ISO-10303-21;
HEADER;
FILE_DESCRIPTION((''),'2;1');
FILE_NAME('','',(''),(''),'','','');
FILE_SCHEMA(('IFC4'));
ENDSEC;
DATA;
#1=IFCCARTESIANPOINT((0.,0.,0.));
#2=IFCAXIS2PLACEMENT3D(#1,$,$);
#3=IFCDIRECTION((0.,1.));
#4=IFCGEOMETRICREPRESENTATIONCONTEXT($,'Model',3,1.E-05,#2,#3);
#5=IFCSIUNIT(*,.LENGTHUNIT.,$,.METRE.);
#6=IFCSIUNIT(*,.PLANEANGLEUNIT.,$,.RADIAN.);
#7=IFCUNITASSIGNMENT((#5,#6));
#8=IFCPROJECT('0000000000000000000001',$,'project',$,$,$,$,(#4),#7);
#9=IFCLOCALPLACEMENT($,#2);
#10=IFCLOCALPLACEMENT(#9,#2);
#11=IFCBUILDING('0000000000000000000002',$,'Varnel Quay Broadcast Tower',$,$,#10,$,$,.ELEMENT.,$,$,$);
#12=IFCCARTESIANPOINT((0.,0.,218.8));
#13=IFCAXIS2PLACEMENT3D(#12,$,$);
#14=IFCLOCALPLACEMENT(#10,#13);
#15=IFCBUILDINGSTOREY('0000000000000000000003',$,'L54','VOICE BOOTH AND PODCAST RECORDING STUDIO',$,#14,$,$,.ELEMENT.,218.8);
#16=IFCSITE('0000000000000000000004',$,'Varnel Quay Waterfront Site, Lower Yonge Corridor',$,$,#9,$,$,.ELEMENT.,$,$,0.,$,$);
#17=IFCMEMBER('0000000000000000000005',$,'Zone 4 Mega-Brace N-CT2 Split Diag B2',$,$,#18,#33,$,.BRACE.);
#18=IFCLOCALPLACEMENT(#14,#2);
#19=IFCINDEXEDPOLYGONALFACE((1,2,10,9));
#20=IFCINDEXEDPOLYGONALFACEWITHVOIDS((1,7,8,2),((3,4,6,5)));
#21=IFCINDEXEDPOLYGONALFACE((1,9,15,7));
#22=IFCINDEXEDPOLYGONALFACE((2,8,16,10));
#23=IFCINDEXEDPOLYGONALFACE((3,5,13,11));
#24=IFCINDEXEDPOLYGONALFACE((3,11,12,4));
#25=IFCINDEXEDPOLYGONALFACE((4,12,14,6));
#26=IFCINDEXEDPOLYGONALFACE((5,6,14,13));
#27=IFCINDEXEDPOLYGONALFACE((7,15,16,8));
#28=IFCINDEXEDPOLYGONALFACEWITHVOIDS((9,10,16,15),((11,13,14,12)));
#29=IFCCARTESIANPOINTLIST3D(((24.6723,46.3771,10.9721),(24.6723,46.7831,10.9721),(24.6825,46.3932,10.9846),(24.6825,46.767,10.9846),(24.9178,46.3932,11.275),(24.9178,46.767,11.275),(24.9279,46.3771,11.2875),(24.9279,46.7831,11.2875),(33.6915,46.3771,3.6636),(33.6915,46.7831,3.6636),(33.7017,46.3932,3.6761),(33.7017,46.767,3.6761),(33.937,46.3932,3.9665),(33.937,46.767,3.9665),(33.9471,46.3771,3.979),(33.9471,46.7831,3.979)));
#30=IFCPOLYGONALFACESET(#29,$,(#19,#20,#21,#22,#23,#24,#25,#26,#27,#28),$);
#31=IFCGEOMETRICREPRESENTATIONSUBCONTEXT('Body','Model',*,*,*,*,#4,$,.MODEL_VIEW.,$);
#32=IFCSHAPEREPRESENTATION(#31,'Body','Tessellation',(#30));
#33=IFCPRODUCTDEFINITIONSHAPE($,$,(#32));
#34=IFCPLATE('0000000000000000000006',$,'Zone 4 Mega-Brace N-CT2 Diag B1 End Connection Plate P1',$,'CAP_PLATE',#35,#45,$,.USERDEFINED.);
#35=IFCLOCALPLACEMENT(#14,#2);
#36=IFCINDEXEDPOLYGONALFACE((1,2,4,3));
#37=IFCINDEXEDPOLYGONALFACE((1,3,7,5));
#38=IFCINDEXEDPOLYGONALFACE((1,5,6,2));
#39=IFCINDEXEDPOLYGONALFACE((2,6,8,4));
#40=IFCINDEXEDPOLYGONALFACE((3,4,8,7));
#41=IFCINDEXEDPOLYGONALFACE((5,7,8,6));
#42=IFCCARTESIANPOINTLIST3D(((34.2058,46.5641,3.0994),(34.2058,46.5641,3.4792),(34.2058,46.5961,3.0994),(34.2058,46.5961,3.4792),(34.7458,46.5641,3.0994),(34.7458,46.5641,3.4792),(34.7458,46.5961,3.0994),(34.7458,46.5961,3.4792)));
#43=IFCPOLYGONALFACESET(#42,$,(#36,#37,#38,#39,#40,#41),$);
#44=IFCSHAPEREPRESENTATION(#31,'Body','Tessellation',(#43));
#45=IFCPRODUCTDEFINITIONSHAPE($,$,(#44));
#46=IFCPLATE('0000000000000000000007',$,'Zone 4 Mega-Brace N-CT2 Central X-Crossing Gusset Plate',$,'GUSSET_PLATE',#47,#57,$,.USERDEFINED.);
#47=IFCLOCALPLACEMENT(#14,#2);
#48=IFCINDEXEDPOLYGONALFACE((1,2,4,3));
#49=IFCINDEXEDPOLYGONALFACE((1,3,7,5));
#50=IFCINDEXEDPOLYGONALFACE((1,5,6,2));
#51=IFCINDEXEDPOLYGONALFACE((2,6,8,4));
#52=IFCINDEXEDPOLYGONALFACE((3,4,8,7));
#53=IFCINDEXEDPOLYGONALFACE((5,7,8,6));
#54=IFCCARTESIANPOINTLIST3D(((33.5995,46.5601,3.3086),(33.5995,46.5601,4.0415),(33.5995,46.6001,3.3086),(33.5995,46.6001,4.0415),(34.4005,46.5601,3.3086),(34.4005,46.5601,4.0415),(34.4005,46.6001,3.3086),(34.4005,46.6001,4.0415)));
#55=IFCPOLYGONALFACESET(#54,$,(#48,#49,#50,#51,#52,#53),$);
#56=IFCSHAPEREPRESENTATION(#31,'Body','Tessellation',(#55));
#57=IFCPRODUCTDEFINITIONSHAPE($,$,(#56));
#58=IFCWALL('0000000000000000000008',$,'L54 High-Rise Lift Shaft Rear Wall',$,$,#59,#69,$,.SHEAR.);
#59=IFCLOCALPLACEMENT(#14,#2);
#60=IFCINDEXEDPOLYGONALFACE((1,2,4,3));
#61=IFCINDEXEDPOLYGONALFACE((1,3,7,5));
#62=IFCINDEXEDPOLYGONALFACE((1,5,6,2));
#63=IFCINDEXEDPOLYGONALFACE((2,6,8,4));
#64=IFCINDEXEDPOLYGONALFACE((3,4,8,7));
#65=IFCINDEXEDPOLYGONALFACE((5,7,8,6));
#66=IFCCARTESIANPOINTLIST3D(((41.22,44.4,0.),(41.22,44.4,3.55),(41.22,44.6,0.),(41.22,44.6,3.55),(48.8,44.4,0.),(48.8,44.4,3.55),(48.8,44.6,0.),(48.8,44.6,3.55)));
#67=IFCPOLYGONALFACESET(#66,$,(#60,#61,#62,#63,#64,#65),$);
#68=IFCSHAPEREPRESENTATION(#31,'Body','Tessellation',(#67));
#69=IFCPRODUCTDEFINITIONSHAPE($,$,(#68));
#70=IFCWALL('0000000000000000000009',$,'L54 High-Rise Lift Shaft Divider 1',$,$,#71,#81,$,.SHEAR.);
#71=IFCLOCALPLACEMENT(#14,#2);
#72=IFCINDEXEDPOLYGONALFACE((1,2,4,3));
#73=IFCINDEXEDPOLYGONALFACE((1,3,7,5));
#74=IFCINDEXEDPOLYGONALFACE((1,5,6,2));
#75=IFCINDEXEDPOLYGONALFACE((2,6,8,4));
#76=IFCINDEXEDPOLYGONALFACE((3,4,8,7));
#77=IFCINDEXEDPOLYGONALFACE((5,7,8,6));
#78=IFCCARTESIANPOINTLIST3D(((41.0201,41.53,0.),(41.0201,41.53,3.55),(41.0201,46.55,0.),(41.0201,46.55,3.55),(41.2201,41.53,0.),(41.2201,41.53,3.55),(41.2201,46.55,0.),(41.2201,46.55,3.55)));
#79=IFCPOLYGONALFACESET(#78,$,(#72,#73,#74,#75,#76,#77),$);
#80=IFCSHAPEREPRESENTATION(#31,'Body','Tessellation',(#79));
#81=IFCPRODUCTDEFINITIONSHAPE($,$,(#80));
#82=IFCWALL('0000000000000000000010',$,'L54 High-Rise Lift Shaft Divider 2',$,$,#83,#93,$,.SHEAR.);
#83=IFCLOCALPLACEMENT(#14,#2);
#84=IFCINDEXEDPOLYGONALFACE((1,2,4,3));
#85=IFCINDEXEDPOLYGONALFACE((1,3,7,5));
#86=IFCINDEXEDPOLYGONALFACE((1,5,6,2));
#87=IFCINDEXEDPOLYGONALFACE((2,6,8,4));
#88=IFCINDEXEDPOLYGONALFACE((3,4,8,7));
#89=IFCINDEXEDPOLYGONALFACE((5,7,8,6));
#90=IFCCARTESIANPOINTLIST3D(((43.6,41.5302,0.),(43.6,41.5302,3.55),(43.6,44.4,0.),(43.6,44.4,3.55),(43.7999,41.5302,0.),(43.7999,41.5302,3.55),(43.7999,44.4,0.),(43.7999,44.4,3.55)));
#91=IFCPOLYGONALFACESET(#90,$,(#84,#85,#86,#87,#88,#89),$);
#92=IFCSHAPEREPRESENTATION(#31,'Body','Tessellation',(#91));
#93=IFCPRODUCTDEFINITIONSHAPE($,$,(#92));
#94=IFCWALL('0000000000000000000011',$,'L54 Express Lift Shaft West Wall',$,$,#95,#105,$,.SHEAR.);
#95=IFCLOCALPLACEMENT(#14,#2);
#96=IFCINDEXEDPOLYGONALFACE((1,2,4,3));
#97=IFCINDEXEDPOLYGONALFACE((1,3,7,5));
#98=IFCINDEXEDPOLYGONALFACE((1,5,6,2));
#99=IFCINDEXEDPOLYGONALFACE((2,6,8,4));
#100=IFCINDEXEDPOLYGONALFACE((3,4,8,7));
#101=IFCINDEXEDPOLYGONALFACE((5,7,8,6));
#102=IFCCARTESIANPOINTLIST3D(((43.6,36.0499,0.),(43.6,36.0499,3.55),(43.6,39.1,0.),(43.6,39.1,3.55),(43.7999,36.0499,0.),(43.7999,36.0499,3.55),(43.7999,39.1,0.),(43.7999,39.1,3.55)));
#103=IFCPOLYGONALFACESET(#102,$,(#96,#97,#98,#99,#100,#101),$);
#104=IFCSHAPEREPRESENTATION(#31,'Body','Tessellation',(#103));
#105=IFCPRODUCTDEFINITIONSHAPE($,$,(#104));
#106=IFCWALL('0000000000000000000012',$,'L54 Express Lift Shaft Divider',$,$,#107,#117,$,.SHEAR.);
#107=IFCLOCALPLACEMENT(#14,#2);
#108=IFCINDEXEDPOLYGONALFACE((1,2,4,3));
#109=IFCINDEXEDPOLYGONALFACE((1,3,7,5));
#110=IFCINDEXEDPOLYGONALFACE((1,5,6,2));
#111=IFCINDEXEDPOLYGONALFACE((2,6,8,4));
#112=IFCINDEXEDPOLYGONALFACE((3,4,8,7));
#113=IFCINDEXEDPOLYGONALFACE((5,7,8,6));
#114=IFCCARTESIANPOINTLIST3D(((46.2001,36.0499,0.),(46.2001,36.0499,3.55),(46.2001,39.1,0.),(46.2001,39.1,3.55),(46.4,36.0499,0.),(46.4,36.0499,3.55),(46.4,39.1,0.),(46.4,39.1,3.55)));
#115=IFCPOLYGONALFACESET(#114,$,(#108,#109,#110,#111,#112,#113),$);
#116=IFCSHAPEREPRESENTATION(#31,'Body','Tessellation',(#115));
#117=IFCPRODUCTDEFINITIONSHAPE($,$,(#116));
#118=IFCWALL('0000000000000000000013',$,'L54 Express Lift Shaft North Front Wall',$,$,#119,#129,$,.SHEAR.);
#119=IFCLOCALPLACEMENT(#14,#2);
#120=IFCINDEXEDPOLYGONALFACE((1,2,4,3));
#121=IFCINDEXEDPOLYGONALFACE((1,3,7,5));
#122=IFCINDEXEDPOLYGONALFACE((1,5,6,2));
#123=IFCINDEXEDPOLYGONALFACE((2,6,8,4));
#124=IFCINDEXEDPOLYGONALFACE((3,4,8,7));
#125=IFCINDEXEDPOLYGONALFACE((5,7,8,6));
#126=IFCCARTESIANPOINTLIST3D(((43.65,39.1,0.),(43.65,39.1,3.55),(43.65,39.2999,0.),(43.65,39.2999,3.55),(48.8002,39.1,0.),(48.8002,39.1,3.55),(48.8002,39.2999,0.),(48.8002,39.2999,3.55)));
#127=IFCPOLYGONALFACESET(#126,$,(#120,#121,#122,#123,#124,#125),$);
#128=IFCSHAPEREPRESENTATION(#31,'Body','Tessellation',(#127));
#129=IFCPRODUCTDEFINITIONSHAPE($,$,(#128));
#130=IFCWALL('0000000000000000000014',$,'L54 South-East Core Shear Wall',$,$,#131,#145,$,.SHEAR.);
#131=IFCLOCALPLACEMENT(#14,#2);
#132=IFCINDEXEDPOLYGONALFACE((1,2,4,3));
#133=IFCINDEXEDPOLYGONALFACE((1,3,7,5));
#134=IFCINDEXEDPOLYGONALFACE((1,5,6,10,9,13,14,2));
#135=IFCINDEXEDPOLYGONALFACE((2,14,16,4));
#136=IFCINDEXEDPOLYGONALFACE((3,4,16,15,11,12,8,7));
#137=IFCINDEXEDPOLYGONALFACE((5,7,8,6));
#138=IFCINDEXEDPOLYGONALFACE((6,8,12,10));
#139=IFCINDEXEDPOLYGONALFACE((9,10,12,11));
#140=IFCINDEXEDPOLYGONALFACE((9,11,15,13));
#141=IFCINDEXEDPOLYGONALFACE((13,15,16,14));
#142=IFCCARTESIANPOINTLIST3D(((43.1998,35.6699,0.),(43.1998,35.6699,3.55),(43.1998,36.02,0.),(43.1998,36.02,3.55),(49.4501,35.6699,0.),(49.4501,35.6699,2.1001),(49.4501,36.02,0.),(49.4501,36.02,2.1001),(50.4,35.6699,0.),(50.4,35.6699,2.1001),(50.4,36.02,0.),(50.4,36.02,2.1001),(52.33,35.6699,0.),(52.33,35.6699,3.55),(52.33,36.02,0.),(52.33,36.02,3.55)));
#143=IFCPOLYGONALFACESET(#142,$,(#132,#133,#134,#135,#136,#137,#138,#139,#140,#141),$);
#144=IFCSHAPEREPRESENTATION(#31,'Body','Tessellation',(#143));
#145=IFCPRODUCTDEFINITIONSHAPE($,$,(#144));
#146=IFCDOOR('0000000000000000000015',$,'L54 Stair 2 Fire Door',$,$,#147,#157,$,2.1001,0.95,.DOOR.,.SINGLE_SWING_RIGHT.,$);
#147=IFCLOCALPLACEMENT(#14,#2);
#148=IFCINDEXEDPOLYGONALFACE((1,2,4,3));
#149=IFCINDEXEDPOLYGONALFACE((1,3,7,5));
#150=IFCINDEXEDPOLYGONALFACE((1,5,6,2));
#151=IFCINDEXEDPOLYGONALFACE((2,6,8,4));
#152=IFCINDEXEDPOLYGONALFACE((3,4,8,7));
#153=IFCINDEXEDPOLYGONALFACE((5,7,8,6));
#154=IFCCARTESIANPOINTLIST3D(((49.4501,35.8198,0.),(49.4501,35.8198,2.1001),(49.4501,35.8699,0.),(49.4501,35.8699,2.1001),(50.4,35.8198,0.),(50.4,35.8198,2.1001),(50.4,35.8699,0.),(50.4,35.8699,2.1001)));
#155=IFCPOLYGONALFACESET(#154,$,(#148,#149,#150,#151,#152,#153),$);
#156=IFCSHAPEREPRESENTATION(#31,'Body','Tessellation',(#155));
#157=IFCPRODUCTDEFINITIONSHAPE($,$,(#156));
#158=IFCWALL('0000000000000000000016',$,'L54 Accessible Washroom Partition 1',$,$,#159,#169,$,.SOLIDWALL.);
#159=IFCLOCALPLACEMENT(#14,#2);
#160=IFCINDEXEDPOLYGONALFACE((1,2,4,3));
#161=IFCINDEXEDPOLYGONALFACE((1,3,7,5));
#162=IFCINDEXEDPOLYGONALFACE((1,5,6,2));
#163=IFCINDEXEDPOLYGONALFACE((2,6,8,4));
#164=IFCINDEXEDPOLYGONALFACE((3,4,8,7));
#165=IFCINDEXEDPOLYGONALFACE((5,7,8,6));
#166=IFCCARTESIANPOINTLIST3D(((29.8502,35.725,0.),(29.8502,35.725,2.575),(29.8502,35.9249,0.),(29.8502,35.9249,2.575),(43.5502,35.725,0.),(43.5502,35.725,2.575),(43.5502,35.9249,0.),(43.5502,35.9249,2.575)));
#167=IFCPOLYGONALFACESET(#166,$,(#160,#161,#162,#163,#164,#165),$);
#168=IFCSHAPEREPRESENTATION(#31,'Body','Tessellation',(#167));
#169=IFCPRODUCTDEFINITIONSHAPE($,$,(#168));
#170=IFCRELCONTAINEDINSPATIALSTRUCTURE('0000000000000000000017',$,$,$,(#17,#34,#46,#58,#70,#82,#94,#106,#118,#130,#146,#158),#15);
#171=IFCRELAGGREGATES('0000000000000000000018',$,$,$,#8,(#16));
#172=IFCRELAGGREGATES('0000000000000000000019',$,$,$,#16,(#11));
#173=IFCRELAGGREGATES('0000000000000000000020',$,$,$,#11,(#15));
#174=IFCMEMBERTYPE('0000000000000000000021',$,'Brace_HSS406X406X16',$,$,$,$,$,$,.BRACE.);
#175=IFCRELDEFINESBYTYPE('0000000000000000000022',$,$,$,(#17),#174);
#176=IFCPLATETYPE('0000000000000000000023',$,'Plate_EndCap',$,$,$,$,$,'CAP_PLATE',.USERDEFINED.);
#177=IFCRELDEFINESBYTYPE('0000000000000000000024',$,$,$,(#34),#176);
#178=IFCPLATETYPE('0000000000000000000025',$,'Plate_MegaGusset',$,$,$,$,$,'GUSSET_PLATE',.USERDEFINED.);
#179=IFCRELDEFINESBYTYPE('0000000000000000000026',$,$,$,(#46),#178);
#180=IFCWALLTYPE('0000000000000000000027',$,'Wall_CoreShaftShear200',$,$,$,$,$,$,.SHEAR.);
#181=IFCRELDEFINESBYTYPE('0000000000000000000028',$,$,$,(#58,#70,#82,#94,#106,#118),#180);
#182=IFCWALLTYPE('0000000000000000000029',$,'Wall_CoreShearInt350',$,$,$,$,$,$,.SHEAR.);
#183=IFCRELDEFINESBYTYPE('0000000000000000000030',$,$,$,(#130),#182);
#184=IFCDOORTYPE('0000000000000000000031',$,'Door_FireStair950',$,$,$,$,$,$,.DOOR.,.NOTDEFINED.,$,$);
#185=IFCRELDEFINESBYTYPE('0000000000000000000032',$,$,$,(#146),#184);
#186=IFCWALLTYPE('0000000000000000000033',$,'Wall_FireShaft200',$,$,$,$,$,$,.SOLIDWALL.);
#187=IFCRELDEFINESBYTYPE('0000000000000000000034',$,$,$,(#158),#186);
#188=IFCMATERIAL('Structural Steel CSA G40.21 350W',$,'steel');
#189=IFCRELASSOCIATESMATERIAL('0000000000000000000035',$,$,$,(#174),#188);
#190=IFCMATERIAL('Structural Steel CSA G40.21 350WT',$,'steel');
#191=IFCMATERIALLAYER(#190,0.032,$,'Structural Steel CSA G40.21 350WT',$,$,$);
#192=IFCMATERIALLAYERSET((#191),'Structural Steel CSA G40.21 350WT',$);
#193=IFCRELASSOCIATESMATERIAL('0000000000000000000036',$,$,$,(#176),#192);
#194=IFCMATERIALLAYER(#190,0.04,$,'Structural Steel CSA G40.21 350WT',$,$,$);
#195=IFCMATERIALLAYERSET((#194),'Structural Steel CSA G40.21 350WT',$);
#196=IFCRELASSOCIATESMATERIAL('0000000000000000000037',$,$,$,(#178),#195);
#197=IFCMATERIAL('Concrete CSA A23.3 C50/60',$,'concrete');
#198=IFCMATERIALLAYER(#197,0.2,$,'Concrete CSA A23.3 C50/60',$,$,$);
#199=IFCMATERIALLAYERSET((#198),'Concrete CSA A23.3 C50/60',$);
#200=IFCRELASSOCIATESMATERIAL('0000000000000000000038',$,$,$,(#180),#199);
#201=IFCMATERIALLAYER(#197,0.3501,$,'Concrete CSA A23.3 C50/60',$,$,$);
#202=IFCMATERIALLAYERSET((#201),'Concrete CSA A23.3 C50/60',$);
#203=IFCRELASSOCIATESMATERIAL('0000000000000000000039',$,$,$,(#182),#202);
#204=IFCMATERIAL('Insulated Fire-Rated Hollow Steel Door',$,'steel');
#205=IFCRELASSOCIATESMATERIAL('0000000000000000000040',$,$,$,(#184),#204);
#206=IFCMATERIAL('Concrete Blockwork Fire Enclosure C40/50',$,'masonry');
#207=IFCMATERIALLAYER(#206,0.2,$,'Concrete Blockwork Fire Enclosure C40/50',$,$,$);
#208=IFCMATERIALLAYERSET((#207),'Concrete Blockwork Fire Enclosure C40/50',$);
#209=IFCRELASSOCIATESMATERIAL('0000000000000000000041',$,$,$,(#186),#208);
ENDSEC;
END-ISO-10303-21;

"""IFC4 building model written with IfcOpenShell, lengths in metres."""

from ifc_helpers import new_model, si_unit, direction, frame, frame_2d, origin, origin_2d, place, context, subcontext, project, spatial, rectangle, hollow_rectangle, extrude, source, transform, mapped, material, layer, layer_set, material_profile, profile_set, type_object, type_shapes, element, fill, save


model = new_model("IFC4")

# Units and contexts
model_context = context("Model", 3, precision=1e-05, world=origin(), true_north=direction((0.0, 1.0)))
body_context = subcontext(model_context, "Body", "Model", "MODEL_VIEW")
ifc_project = project(units=[si_unit("LENGTHUNIT", "METRE"), si_unit("PLANEANGLEUNIT", "RADIAN")], contexts=[model_context])

# Site, building, storey
site_placement = place(None, origin())
site = spatial("IfcSite", under=ifc_project, at=site_placement, Name="Varnel Quay Waterfront Site, Lower Yonge Corridor", CompositionType="ELEMENT", RefElevation=0.0)
building_placement = place(site_placement, origin())
building = spatial("IfcBuilding", under=site, at=building_placement, Name="Varnel Quay Broadcast Tower", CompositionType="ELEMENT")
storey_placement = place(building_placement, frame((0.0, 0.0, 218.8)))
storey = spatial("IfcBuildingStorey", under=building, at=storey_placement, Name="L54", Description="VOICE BOOTH AND PODCAST RECORDING STUDIO", CompositionType="ELEMENT", Elevation=218.8)

# Shared definitions
ifc_material_1 = material(Name="Structural Steel CSA G40.21 350WT", Category="steel")

# Shared definitions
ifc_material_2 = material(Name="Concrete CSA A23.3 C50/60", Category="concrete")

# Member
ifc_material_3 = material(Name="Structural Steel CSA G40.21 350W", Category="steel")
ifc_material_profile_1 = material_profile(ifc_material_3, hollow_rectangle(XDim=0.406, YDim=0.406, WallThickness=0.0161, at=origin_2d()), Name="HSS406X406X16")
ifc_profile_set_1 = profile_set([ifc_material_profile_1], Name="Structural Steel CSA G40.21 350W")
member_type = type_object("IfcMemberType", Name="Brace_HSS406X406X16", PredefinedType="BRACE", material=ifc_profile_set_1)
shared_shape_1 = source(origin(), body_context, "Body", "SweptSolid", [
    extrude(hollow_rectangle(XDim=0.406, YDim=0.406, WallThickness=0.0161, at=origin_2d()), origin(), (0.0, 0.0, 1.0), 11.6086),
])
type_shapes(member_type, [shared_shape_1])
member_placement = place(storey_placement, frame((33.8193, 46.5801, 3.8213), z_axis=(-0.776939, 0.0, 0.629576), x_axis=(0.0, -1.0, 0.0)))
element("IfcMember", 1, at=member_placement, inside=storey, type_object=member_type, Name="Zone 4 Mega-Brace N-CT2 Split Diag B2", PredefinedType="BRACE", context=body_context, shape_type="MappedRepresentation", body=[
    mapped(shared_shape_1, transform((0.0, 0.0, 0.0), x_axis=(1.0, 0.0, 0.0), y_axis=(0.0, 1.0, 0.0), z_axis=(0.0, 0.0, 1.0), scale=1.0)),
])

# Plates
ifc_layer_1 = layer(ifc_material_1, 0.032, Name="Structural Steel CSA G40.21 350WT")
ifc_layer_set_1 = layer_set([ifc_layer_1], Name="Structural Steel CSA G40.21 350WT")
plate_type_1 = type_object("IfcPlateType", Name="Plate_EndCap", ElementType="CAP_PLATE", PredefinedType="USERDEFINED", material=ifc_layer_set_1)
shared_shape_2 = source(origin(), body_context, "Body", "SweptSolid", [
    extrude(rectangle(XDim=0.54, YDim=0.032, at=origin_2d()), origin(), (0.0, 0.0, 1.0), 0.3799),
])
type_shapes(plate_type_1, [shared_shape_2])
plate_1_placement = place(storey_placement, frame((34.4758, 46.5801, 3.0994), z_axis=(0.0, 0.0, 1.0), x_axis=(1.0, 0.0, 0.0)))
element("IfcPlate", 2, at=plate_1_placement, inside=storey, type_object=plate_type_1, Name="Zone 4 Mega-Brace N-CT2 Diag B1 End Connection Plate P1", ObjectType="CAP_PLATE", PredefinedType="USERDEFINED", context=body_context, shape_type="MappedRepresentation", body=[
    mapped(shared_shape_2, transform((0.0, 0.0, 0.0), x_axis=(1.0, 0.0, 0.0), y_axis=(0.0, 1.0, 0.0), z_axis=(0.0, 0.0, 1.0), scale=1.0)),
])
ifc_layer_2 = layer(ifc_material_1, 0.04, Name="Structural Steel CSA G40.21 350WT")
ifc_layer_set_2 = layer_set([ifc_layer_2], Name="Structural Steel CSA G40.21 350WT")
plate_type_2 = type_object("IfcPlateType", Name="Plate_MegaGusset", ElementType="GUSSET_PLATE", PredefinedType="USERDEFINED", material=ifc_layer_set_2)
shared_shape_3 = source(origin(), body_context, "Body", "SweptSolid", [
    extrude(rectangle(XDim=0.801, YDim=0.04, at=origin_2d()), origin(), (0.0, 0.0, 1.0), 0.7329),
])
type_shapes(plate_type_2, [shared_shape_3])
plate_2_placement = place(storey_placement, frame((34.0, 46.5801, 3.3086), z_axis=(0.0, 0.0, 1.0), x_axis=(1.0, 0.0, 0.0)))
element("IfcPlate", 3, at=plate_2_placement, inside=storey, type_object=plate_type_2, Name="Zone 4 Mega-Brace N-CT2 Central X-Crossing Gusset Plate", ObjectType="GUSSET_PLATE", PredefinedType="USERDEFINED", context=body_context, shape_type="MappedRepresentation", body=[
    mapped(shared_shape_3, transform((0.0, 0.0, 0.0), x_axis=(1.0, 0.0, 0.0), y_axis=(0.0, 1.0, 0.0), z_axis=(0.0, 0.0, 1.0), scale=1.0)),
])

# Walls
ifc_layer_3 = layer(ifc_material_2, 0.2, Name="Concrete CSA A23.3 C50/60")
ifc_layer_set_3 = layer_set([ifc_layer_3], Name="Concrete CSA A23.3 C50/60")
wall_type_1 = type_object("IfcWallType", Name="Wall_CoreShaftShear200", PredefinedType="SHEAR", material=ifc_layer_set_3)
wall_1_placement = place(storey_placement, frame((41.22, 44.5, 0.0), z_axis=(0.0, 0.0, 1.0), x_axis=(1.0, 0.0, 0.0)))
element("IfcWall", 4, at=wall_1_placement, inside=storey, type_object=wall_type_1, Name="L54 High-Rise Lift Shaft Rear Wall", PredefinedType="SHEAR", context=body_context, shape_type="SweptSolid", body=[
    extrude(rectangle(XDim=7.5801, YDim=0.2, at=frame_2d((3.79, 0.0))), origin(), (0.0, 0.0, 1.0), 3.55),
])
wall_2_placement = place(storey_placement, frame((41.1201, 41.53, 0.0), z_axis=(0.0, 0.0, 1.0), x_axis=(0.0, 1.0, 0.0)))
element("IfcWall", 5, at=wall_2_placement, inside=storey, type_object=wall_type_1, Name="L54 High-Rise Lift Shaft Divider 1", PredefinedType="SHEAR", context=body_context, shape_type="SweptSolid", body=[
    extrude(rectangle(XDim=5.02, YDim=0.2, at=frame_2d((2.51, 0.0))), origin(), (0.0, 0.0, 1.0), 3.55),
])
wall_3_placement = place(storey_placement, frame((43.7, 41.53, 0.0), z_axis=(0.0, 0.0, 1.0), x_axis=(0.0, 1.0, 0.0)))
element("IfcWall", 6, at=wall_3_placement, inside=storey, type_object=wall_type_1, Name="L54 High-Rise Lift Shaft Divider 2", PredefinedType="SHEAR", context=body_context, shape_type="SweptSolid", body=[
    extrude(rectangle(XDim=2.8699, YDim=0.2, at=frame_2d((1.4351, 0.0))), origin(), (0.0, 0.0, 1.0), 3.55),
])
for number, where, z_axis, x_axis, name in (
    (7, (43.7, 36.05, 0.0), (0.0, 0.0, 1.0), (0.0, 1.0, 0.0), "L54 Express Lift Shaft West Wall"),
    (8, (46.3, 36.05, 0.0), (0.0, 0.0, 1.0), (0.0, 1.0, 0.0), "L54 Express Lift Shaft Divider"),
):
    element("IfcWall", number, at=place(storey_placement, frame(where, z_axis=z_axis, x_axis=x_axis)), inside=storey, type_object=wall_type_1, Name=name, PredefinedType="SHEAR", context=body_context, shape_type="SweptSolid", body=[
        extrude(rectangle(XDim=3.05, YDim=0.2, at=frame_2d((1.5249, 0.0))), origin(), (0.0, 0.0, 1.0), 3.55),
    ])
wall_4_placement = place(storey_placement, frame((43.6499, 39.2, 0.0), z_axis=(0.0, 0.0, 1.0), x_axis=(1.0, 0.0, 0.0)))
element("IfcWall", 9, at=wall_4_placement, inside=storey, type_object=wall_type_1, Name="L54 Express Lift Shaft North Front Wall", PredefinedType="SHEAR", context=body_context, shape_type="SweptSolid", body=[
    extrude(rectangle(XDim=5.1501, YDim=0.2, at=frame_2d((2.5752, 0.0))), origin(), (0.0, 0.0, 1.0), 3.55),
])

# Wall, opening, door
ifc_layer_4 = layer(ifc_material_2, 0.3501, Name="Concrete CSA A23.3 C50/60")
ifc_layer_set_4 = layer_set([ifc_layer_4], Name="Concrete CSA A23.3 C50/60")
wall_type_2 = type_object("IfcWallType", Name="Wall_CoreShearInt350", PredefinedType="SHEAR", material=ifc_layer_set_4)
wall_5_placement = place(storey_placement, frame((43.2, 35.845, 0.0), z_axis=(0.0, 0.0, 1.0), x_axis=(1.0, 0.0, 0.0)))
wall_5 = element("IfcWall", 10, at=wall_5_placement, inside=storey, type_object=wall_type_2, Name="L54 South-East Core Shear Wall", PredefinedType="SHEAR", context=body_context, shape_type="SweptSolid", body=[
    extrude(rectangle(XDim=9.1301, YDim=0.3501, at=frame_2d((4.5649, 0.0))), origin(), (0.0, 0.0, 1.0), 3.55),
])
opening_1_placement = place(wall_5_placement, frame((6.25, 0.0, 0.0)))
opening_1 = element("IfcOpeningElement", 11, at=opening_1_placement, cuts=wall_5, PredefinedType="OPENING", context=body_context, shape_type="SweptSolid", body=[
    extrude(rectangle(XDim=0.95, YDim=2.1001, at=frame_2d((0.4751, 1.05))), frame((0.0, 0.1851, 0.0), z_axis=(0.0, -1.0, 0.0), x_axis=(1.0, 0.0, 0.0)), (0.0, 0.0, 1.0), 0.3701),
])
ifc_material_4 = material(Name="Insulated Fire-Rated Hollow Steel Door", Category="steel")
door_type_1 = type_object("IfcDoorType", Name="Door_FireStair950", OperationType="NOTDEFINED", PredefinedType="DOOR", material=ifc_material_4)
shared_shape_4 = source(origin(), body_context, "Body", "SweptSolid", [
    extrude(rectangle(XDim=0.95, YDim=2.1001, at=frame_2d((0.4751, 1.05))), frame((0.0, 0.0249, 0.0), z_axis=(0.0, -1.0, 0.0), x_axis=(1.0, 0.0, 0.0)), (0.0, 0.0, 1.0), 0.05),
])
type_shapes(door_type_1, [shared_shape_4])
door_1_placement = place(opening_1_placement, origin())
door_1 = element("IfcDoor", 12, at=door_1_placement, inside=storey, type_object=door_type_1, Name="L54 Stair 2 Fire Door", OperationType="SINGLE_SWING_RIGHT", OverallHeight=2.1001, OverallWidth=0.95, PredefinedType="DOOR", context=body_context, shape_type="MappedRepresentation", body=[
    mapped(shared_shape_4, transform((0.0, 0.0, 0.0), x_axis=(1.0, 0.0, 0.0), y_axis=(0.0, 1.0, 0.0), z_axis=(0.0, 0.0, 1.0), scale=1.0)),
])
fill(opening_1, door_1)

# Wall
ifc_material_5 = material(Name="Concrete Blockwork Fire Enclosure C40/50", Category="masonry")
ifc_layer_5 = layer(ifc_material_5, 0.2, Name="Concrete Blockwork Fire Enclosure C40/50")
ifc_layer_set_5 = layer_set([ifc_layer_5], Name="Concrete Blockwork Fire Enclosure C40/50")
wall_type_3 = type_object("IfcWallType", Name="Wall_FireShaft200", PredefinedType="SOLIDWALL", material=ifc_layer_set_5)
wall_6_placement = place(storey_placement, frame((29.8501, 35.825, 0.0), z_axis=(0.0, 0.0, 1.0), x_axis=(1.0, 0.0, 0.0)))
element("IfcWall", 13, at=wall_6_placement, inside=storey, type_object=wall_type_3, Name="L54 Accessible Washroom Partition 1", PredefinedType="SOLIDWALL", context=body_context, shape_type="SweptSolid", body=[
    extrude(rectangle(XDim=13.7, YDim=0.2, at=frame_2d((6.8501, 0.0))), origin(), (0.0, 0.0, 1.0), 2.575),
])

save(model, "model.ifc")
